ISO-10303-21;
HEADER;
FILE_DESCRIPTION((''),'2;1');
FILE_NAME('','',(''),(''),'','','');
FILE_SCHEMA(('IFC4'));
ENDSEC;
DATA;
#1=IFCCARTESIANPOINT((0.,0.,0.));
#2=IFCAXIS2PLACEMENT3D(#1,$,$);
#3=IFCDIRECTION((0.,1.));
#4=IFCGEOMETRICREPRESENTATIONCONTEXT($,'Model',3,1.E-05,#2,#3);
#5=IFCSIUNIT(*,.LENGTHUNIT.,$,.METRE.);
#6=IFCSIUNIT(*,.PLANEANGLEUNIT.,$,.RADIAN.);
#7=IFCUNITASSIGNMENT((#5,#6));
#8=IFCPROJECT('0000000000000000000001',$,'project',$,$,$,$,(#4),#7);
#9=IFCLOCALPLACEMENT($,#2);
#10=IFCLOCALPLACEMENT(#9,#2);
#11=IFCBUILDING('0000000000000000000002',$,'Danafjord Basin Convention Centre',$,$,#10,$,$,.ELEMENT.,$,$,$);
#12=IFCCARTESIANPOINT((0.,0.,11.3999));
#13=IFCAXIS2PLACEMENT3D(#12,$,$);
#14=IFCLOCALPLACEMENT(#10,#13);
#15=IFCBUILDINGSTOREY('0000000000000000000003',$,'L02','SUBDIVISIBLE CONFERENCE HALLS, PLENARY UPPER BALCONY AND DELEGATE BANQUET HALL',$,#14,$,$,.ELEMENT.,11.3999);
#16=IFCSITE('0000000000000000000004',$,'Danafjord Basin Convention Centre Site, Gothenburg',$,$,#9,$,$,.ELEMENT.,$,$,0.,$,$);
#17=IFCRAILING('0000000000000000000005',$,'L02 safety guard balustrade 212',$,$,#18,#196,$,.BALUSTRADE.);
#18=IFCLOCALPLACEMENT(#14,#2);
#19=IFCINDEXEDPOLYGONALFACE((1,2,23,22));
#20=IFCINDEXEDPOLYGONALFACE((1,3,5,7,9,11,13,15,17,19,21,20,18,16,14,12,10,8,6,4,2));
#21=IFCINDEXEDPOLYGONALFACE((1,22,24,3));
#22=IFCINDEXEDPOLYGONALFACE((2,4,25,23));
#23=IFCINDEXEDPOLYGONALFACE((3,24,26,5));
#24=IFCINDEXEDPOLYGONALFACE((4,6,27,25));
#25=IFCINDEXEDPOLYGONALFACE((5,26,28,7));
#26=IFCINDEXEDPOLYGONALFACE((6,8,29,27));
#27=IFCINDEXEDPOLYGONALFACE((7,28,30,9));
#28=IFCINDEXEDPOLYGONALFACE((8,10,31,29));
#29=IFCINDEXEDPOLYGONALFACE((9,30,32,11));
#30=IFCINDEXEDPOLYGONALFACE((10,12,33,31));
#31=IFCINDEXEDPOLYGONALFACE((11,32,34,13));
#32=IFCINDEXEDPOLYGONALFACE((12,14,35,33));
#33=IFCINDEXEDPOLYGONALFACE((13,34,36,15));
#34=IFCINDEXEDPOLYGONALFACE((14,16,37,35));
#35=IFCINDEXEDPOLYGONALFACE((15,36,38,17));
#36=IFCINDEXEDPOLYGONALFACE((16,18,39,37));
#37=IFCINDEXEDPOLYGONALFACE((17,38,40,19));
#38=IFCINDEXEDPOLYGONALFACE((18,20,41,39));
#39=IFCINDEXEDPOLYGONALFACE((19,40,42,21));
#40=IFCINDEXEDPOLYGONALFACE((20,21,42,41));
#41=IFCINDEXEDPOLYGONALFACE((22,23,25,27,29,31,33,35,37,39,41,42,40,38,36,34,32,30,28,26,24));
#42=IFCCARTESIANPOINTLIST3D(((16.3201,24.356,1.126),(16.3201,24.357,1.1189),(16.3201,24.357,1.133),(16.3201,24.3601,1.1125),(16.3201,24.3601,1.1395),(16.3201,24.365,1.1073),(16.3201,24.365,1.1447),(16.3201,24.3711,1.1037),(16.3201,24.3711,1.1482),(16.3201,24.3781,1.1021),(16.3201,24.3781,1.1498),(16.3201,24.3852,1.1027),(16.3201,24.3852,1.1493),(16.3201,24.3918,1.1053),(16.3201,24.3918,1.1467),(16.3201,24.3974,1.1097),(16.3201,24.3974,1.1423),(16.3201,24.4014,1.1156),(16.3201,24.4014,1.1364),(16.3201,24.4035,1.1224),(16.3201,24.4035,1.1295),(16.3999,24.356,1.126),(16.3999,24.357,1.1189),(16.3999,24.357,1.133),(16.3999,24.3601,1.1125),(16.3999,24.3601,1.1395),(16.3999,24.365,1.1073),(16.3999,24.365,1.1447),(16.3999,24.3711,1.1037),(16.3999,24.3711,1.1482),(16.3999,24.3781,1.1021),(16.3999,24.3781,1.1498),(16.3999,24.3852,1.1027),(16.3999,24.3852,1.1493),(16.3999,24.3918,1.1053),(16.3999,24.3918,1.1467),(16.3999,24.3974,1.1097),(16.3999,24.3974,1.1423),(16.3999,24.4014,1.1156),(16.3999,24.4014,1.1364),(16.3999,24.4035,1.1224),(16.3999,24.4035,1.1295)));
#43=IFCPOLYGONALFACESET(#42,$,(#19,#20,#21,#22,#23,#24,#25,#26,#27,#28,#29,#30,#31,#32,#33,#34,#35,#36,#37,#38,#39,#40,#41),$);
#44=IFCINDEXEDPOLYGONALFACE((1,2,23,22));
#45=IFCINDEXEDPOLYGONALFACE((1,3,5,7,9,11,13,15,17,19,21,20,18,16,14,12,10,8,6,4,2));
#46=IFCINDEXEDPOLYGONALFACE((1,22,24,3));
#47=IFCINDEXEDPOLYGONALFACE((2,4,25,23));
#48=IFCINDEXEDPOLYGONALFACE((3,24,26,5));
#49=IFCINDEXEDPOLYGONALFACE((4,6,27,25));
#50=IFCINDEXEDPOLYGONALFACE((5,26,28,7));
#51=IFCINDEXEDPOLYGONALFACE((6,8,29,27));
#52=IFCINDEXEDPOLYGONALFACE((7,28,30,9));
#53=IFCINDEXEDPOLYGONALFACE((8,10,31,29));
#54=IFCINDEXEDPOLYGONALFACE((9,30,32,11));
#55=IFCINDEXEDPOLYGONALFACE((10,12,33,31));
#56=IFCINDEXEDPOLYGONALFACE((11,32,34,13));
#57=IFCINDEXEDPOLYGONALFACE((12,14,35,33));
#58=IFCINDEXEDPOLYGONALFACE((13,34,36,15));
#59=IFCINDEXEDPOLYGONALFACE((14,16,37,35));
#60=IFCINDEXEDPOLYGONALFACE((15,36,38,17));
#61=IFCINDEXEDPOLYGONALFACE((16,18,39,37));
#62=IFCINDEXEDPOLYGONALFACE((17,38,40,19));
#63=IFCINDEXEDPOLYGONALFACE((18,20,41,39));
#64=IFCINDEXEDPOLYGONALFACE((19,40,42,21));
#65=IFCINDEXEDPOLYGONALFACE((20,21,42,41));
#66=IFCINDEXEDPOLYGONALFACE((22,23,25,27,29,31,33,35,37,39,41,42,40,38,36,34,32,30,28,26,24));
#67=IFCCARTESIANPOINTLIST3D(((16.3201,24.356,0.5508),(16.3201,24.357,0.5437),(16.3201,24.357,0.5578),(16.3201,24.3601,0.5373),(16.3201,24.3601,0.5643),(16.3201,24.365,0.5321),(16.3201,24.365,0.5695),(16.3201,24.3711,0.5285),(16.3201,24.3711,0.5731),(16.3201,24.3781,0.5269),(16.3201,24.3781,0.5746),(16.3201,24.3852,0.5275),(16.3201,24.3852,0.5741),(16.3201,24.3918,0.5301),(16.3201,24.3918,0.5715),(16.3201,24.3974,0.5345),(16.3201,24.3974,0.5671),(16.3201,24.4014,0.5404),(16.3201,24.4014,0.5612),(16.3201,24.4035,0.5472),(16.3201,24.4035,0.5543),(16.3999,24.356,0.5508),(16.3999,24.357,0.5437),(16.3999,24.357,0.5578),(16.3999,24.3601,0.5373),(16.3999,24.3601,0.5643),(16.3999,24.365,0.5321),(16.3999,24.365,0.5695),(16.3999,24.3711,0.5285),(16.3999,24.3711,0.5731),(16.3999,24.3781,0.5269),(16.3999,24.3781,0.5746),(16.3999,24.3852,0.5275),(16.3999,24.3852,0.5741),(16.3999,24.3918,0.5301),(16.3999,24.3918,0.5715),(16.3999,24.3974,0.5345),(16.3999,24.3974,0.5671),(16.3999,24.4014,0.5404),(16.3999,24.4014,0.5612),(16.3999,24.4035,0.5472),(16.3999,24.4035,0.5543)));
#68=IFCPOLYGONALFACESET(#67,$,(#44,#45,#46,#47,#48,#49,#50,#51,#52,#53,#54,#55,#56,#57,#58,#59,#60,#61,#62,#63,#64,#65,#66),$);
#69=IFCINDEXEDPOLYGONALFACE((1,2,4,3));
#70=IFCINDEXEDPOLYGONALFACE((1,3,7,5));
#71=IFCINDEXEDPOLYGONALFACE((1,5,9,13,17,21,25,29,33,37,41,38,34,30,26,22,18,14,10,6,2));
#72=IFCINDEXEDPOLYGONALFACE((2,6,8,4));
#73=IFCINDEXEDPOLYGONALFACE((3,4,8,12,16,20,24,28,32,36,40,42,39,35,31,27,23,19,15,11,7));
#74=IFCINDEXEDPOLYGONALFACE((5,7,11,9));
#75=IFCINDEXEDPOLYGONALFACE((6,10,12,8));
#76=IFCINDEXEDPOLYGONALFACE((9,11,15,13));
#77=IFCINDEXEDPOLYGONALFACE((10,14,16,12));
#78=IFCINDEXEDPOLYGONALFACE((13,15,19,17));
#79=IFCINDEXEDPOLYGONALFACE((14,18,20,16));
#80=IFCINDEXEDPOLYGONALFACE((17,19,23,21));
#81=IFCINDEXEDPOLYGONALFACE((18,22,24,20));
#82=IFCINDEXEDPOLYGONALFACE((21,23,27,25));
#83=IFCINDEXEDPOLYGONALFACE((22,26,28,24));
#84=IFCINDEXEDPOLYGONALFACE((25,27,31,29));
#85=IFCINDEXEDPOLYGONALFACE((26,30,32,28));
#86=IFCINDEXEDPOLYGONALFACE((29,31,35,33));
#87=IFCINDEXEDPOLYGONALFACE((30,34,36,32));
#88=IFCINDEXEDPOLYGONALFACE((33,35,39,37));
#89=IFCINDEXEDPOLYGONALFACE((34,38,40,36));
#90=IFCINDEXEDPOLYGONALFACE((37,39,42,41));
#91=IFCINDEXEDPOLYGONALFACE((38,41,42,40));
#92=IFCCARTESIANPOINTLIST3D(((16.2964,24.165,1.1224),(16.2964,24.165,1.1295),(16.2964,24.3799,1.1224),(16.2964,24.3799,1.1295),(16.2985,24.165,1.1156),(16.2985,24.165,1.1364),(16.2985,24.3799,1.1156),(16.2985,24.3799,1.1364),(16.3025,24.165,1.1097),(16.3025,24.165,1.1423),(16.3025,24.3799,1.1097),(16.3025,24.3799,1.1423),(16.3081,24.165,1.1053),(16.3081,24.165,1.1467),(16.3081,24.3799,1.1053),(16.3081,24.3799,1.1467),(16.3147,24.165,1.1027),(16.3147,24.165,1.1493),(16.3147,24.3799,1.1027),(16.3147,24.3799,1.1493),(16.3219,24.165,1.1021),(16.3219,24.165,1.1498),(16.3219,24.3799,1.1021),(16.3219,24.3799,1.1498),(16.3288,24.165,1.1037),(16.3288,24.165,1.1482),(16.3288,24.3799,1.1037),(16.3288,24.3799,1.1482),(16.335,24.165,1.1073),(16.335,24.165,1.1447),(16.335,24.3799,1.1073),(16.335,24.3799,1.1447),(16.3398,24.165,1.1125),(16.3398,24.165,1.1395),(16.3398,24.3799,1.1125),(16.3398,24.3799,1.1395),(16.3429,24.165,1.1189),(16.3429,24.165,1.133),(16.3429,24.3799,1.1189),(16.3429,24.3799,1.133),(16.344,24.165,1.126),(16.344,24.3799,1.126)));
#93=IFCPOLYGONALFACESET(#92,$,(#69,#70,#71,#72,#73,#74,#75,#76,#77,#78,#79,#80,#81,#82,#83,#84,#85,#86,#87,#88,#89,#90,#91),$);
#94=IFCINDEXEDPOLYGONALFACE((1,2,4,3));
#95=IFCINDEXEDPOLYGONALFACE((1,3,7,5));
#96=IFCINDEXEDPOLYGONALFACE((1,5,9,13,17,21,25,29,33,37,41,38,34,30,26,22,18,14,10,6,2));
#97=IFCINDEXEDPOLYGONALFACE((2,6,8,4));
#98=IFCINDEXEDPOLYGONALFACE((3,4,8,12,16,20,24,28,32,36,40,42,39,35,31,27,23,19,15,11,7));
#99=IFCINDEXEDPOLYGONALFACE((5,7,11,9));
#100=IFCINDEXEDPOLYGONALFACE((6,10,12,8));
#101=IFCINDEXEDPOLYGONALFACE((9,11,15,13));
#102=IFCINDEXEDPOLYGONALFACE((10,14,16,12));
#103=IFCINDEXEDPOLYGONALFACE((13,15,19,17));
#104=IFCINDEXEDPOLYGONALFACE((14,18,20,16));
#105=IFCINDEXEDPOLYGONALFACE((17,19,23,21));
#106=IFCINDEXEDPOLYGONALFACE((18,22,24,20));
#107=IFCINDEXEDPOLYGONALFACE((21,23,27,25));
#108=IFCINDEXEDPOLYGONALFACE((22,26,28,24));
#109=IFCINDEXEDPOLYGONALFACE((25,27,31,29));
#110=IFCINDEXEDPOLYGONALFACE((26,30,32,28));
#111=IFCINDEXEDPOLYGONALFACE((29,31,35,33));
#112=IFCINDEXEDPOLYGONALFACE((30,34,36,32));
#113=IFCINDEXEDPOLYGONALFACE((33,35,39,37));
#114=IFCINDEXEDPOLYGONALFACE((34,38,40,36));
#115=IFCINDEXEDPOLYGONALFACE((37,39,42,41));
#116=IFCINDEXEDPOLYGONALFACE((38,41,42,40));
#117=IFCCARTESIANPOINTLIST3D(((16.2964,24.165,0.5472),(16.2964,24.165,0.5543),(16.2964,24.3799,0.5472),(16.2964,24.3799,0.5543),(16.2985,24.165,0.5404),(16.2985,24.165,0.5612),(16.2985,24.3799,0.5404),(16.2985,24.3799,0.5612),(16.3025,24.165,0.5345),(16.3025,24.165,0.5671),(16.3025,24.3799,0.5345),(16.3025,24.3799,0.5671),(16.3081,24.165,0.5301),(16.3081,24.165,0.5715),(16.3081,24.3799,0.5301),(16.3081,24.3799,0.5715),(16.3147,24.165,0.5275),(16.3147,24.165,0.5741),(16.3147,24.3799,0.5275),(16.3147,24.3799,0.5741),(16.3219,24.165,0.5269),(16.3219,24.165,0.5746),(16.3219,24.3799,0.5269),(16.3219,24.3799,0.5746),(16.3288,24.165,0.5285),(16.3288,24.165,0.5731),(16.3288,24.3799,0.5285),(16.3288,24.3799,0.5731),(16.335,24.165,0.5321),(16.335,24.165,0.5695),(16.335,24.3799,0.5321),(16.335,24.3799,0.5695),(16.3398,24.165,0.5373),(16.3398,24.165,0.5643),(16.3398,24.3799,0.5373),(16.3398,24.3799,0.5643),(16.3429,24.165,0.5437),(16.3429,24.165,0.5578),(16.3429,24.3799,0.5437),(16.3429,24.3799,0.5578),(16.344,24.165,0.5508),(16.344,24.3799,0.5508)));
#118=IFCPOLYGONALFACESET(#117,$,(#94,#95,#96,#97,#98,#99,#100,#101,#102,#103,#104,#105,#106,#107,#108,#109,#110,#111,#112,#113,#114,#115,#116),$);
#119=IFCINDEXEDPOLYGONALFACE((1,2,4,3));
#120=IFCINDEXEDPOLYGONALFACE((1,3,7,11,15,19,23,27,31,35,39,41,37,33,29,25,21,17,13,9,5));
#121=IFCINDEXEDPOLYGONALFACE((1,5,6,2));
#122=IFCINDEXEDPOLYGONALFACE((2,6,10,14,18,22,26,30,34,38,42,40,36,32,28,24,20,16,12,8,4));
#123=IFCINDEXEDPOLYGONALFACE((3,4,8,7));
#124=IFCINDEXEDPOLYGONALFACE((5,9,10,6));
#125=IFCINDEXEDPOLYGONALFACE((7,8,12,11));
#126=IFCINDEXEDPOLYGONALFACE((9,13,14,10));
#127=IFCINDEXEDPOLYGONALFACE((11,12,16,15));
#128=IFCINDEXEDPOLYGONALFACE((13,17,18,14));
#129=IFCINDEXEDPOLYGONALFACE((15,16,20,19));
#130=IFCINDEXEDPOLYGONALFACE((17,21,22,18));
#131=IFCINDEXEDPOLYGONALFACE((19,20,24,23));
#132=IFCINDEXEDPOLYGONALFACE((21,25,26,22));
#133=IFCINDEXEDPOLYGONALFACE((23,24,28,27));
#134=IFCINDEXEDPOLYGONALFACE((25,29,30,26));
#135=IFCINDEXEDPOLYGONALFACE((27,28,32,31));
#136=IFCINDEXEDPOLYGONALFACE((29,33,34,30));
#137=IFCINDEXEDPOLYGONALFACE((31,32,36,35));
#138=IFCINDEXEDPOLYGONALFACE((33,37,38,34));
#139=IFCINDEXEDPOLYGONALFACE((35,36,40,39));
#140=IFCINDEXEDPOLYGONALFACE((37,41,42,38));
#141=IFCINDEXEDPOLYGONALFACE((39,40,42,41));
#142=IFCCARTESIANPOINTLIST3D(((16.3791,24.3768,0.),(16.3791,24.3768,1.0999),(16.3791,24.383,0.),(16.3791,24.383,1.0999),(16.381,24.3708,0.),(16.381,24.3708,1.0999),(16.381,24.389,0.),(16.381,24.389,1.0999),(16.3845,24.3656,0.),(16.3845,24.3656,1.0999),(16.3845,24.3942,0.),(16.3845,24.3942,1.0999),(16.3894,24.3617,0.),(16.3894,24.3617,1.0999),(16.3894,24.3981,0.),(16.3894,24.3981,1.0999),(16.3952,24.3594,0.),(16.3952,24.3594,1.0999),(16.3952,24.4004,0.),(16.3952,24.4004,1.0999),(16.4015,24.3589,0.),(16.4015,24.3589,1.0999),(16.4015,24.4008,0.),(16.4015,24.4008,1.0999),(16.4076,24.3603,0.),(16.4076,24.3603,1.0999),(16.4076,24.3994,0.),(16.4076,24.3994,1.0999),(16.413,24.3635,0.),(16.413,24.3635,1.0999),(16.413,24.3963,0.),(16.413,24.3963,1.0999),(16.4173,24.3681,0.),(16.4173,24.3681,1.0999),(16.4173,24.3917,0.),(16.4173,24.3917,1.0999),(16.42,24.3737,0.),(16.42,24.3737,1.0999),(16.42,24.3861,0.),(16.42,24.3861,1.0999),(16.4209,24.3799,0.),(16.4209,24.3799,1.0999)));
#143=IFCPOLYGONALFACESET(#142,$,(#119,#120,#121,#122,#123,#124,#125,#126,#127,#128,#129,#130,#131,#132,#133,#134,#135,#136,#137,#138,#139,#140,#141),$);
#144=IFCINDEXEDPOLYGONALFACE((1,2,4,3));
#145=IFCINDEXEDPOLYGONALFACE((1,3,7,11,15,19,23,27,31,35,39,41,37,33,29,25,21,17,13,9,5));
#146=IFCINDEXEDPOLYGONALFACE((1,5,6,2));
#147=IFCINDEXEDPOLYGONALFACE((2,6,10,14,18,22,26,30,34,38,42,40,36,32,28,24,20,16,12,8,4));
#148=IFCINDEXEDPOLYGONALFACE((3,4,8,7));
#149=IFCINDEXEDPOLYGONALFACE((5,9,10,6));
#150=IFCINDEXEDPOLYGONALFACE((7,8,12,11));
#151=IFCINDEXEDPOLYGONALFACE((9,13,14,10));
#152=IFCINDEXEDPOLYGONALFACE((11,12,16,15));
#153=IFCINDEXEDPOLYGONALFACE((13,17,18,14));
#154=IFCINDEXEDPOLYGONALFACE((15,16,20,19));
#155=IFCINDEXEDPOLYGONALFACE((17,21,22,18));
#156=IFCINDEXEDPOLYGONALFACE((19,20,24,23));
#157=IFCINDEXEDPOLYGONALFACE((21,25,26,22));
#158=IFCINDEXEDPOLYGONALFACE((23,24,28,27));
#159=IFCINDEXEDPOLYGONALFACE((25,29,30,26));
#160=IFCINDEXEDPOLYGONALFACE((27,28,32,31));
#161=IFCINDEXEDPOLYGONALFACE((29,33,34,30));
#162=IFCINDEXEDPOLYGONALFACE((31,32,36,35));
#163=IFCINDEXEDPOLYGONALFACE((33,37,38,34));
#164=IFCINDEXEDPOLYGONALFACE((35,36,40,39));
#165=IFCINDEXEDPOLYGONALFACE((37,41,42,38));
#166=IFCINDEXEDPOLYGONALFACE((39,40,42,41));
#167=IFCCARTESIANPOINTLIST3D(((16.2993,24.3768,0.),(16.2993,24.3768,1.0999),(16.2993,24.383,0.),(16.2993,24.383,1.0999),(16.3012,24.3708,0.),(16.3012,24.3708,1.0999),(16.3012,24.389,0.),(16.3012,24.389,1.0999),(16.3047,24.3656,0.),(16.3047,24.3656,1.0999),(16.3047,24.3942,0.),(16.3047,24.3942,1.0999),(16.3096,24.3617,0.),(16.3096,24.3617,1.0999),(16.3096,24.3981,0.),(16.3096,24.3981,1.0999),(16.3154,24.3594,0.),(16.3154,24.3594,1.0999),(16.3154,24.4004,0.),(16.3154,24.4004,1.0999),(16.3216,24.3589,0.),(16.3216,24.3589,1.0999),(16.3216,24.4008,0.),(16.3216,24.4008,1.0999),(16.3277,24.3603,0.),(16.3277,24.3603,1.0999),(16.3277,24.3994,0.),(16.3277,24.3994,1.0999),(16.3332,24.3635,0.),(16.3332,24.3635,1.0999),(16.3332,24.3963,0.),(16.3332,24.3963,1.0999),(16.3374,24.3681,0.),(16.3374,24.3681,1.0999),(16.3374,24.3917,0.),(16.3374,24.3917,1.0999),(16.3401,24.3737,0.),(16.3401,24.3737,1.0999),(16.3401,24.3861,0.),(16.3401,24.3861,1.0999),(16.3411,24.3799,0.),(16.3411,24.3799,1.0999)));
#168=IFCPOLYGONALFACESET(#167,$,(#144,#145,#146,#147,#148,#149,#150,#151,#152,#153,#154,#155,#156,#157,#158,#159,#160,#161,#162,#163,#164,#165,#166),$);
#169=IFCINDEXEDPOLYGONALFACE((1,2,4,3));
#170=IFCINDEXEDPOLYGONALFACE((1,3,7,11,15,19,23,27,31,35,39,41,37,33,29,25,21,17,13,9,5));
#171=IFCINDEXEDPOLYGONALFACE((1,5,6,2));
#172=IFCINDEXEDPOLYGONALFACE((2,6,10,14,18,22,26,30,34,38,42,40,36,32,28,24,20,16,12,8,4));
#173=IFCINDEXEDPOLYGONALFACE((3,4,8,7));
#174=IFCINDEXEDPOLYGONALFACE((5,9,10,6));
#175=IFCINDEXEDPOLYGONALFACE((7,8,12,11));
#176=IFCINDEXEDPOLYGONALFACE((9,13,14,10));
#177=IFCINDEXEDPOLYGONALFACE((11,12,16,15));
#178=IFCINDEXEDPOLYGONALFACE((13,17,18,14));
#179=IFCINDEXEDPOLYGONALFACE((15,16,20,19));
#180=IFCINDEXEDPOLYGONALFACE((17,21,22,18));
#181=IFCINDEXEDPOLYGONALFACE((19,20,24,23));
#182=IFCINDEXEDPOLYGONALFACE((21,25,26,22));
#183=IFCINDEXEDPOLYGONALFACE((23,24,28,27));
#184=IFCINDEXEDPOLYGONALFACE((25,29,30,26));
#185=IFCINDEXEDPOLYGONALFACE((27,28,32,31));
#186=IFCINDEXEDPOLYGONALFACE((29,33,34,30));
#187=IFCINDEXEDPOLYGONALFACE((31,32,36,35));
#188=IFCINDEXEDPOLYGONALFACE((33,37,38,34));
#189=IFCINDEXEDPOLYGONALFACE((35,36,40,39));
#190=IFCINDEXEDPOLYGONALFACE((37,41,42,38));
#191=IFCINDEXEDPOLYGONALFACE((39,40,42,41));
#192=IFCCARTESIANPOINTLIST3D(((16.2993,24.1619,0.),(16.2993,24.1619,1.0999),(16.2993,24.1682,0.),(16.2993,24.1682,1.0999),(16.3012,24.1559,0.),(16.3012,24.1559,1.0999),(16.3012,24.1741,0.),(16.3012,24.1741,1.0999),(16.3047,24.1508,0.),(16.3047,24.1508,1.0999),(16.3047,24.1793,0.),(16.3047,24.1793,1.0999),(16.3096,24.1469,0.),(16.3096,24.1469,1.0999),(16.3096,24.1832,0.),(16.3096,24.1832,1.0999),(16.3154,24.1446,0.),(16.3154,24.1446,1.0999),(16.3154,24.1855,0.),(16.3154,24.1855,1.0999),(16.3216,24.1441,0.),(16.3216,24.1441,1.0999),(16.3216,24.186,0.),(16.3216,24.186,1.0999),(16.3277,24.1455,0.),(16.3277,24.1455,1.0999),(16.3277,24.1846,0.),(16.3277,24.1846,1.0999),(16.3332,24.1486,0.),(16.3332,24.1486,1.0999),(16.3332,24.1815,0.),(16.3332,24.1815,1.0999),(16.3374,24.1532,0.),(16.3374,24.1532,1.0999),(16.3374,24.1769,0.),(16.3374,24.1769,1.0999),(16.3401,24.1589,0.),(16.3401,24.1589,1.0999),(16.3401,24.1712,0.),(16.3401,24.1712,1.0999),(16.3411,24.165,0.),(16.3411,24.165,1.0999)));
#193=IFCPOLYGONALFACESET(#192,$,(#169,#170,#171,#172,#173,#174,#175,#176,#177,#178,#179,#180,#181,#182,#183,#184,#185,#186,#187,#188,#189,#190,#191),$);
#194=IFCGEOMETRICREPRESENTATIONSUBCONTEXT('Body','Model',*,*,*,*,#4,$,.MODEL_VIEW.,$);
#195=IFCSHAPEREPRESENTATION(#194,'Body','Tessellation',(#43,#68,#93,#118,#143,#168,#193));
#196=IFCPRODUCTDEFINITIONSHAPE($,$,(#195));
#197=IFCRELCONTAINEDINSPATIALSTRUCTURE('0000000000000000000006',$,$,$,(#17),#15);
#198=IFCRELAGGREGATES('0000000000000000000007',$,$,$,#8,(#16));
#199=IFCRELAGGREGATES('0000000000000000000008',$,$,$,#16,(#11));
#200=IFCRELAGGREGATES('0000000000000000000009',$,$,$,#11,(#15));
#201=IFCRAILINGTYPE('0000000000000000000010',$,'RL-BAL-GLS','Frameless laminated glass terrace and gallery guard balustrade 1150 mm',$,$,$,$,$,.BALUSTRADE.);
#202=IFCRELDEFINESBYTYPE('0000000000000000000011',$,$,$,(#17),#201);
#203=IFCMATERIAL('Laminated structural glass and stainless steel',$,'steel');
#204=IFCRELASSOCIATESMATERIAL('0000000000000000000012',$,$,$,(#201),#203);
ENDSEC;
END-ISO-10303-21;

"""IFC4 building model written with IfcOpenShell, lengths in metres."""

from ifc_helpers import new_model, si_unit, direction, frame, origin, origin_2d, place, context, subcontext, project, spatial, circle, extrude, material, type_object, element, save


model = new_model("IFC4")

# Units and contexts
model_context = context("Model", 3, precision=1e-05, world=origin(), true_north=direction((0.0, 1.0)))
body_context = subcontext(model_context, "Body", "Model", "MODEL_VIEW")
ifc_project = project(units=[si_unit("LENGTHUNIT", "METRE"), si_unit("PLANEANGLEUNIT", "RADIAN")], contexts=[model_context])

# Site, building, storey
site_placement = place(None, origin())
site = spatial("IfcSite", under=ifc_project, at=site_placement, Name="Danafjord Basin Convention Centre Site, Gothenburg", CompositionType="ELEMENT", RefElevation=0.0)
building_placement = place(site_placement, origin())
building = spatial("IfcBuilding", under=site, at=building_placement, Name="Danafjord Basin Convention Centre", CompositionType="ELEMENT")
storey_placement = place(building_placement, frame((0.0, 0.0, 11.3999)))
storey = spatial("IfcBuildingStorey", under=building, at=storey_placement, Name="L02", Description="SUBDIVISIBLE CONFERENCE HALLS, PLENARY UPPER BALCONY AND DELEGATE BANQUET HALL", CompositionType="ELEMENT", Elevation=11.3999)

# Railing
ifc_material_1 = material(Name="Laminated structural glass and stainless steel", Category="steel")
railing_type_1 = type_object("IfcRailingType", Name="RL-BAL-GLS", Description="Frameless laminated glass terrace and gallery guard balustrade 1150 mm", PredefinedType="BALUSTRADE", material=ifc_material_1)
railing_1_placement = place(storey_placement, frame((16.3999, 24.3799, 0.0)))
element("IfcRailing", 1, at=railing_1_placement, inside=storey, type_object=railing_type_1, Name="L02 safety guard balustrade 212", PredefinedType="BALUSTRADE", context=body_context, shape_type="SweptSolid", body=[
    extrude(circle(Radius=0.0239, at=origin_2d()), frame((0.0, 0.0, 1.126), z_axis=(-1.0, 0.0, 0.0), x_axis=(0.0, -1.0, 0.0)), (0.0, 0.0, 1.0), 0.0798),
    extrude(circle(Radius=0.0239, at=origin_2d()), frame((0.0, 0.0, 0.5508), z_axis=(-1.0, 0.0, 0.0), x_axis=(0.0, -1.0, 0.0)), (0.0, 0.0, 1.0), 0.0798),
    extrude(circle(Radius=0.0239, at=origin_2d()), frame((-0.0798, 0.0, 1.126), z_axis=(0.0, -1.0, 0.0), x_axis=(1.0, 0.0, 0.0)), (0.0, 0.0, 1.0), 0.2148),
    extrude(circle(Radius=0.0239, at=origin_2d()), frame((-0.0798, 0.0, 0.5508), z_axis=(0.0, -1.0, 0.0), x_axis=(1.0, 0.0, 0.0)), (0.0, 0.0, 1.0), 0.2148),
    extrude(circle(Radius=0.021, at=origin_2d()), origin(), (0.0, 0.0, 1.0), 1.0999),
    extrude(circle(Radius=0.021, at=origin_2d()), frame((-0.0798, 0.0, 0.0)), (0.0, 0.0, 1.0), 1.0999),
    extrude(circle(Radius=0.021, at=origin_2d()), frame((-0.0798, -0.2148, 0.0)), (0.0, 0.0, 1.0), 1.0999),
])

save(model, "model.ifc")
